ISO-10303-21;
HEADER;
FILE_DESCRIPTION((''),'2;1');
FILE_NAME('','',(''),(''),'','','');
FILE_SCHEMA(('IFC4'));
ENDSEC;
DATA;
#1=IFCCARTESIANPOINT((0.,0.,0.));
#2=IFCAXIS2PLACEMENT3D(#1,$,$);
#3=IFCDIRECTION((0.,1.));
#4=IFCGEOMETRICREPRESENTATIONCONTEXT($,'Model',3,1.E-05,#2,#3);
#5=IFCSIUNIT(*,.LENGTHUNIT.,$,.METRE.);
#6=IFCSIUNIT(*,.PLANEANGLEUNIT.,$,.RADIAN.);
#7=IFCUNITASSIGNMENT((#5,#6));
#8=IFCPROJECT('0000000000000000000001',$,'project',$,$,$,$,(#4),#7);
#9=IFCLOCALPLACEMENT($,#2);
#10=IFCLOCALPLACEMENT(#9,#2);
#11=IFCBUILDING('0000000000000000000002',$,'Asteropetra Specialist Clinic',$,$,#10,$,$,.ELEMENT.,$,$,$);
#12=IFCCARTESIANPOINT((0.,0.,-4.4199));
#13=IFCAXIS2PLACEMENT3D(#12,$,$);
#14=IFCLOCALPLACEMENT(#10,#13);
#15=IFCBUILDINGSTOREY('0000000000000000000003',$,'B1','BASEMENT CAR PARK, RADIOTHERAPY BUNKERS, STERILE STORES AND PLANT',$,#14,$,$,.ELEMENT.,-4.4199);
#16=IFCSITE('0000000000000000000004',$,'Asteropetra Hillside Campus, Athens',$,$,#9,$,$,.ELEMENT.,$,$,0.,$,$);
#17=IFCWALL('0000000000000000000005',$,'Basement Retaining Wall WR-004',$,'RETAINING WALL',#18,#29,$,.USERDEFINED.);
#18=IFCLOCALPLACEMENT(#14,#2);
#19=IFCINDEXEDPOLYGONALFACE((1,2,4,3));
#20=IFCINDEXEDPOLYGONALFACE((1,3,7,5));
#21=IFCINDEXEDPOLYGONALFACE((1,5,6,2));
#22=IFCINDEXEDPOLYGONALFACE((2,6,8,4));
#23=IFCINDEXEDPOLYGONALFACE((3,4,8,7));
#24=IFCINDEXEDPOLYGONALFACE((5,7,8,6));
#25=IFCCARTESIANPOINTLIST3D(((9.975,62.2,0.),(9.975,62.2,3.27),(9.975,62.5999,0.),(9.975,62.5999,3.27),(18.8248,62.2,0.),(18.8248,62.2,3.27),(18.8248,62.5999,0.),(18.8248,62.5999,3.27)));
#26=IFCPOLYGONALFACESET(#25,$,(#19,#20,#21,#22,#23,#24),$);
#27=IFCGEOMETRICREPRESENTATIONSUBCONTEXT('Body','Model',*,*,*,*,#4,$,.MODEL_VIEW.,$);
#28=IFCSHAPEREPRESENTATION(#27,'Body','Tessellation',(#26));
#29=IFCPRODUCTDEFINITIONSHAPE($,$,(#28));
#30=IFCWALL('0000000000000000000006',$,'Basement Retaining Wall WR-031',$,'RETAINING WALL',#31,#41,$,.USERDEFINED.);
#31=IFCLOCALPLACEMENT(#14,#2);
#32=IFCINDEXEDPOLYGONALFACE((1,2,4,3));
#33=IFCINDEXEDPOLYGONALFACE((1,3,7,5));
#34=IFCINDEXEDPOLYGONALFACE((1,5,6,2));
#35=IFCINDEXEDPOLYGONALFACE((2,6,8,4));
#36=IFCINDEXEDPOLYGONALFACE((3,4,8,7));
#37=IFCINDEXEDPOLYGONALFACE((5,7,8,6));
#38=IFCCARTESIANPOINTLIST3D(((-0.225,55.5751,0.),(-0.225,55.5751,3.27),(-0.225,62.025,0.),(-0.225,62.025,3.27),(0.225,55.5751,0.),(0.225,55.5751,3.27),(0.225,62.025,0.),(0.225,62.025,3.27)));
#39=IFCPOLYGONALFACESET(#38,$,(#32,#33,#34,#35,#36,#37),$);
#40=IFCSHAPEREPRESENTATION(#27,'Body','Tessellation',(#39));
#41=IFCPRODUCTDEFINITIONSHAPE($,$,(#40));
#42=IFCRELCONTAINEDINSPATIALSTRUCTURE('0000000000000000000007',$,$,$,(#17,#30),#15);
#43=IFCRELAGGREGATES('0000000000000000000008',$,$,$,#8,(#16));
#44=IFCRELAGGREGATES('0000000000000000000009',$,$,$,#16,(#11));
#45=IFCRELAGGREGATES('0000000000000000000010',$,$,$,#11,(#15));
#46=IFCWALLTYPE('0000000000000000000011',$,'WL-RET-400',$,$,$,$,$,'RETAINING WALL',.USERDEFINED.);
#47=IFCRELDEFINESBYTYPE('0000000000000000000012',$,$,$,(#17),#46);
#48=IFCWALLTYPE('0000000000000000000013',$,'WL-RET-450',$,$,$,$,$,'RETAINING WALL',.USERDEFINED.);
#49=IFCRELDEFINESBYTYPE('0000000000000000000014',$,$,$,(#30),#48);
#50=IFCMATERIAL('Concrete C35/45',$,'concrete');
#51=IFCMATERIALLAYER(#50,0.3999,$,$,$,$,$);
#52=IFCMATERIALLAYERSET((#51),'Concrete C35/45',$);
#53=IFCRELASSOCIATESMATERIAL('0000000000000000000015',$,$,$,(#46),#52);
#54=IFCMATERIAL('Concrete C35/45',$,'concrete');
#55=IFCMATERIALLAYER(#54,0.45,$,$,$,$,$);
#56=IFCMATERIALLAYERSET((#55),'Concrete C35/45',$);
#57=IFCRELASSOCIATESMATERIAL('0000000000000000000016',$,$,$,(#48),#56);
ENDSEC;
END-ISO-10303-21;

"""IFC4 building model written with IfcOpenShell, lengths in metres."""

from ifc_helpers import new_model, si_unit, direction, frame, frame_2d, origin, place, context, subcontext, project, spatial, rectangle, extrude, material, layer, layer_set, type_object, element, save


model = new_model("IFC4")

# Units and contexts
model_context = context("Model", 3, precision=1e-05, world=origin(), true_north=direction((0.0, 1.0)))
body_context = subcontext(model_context, "Body", "Model", "MODEL_VIEW")
ifc_project = project(units=[si_unit("LENGTHUNIT", "METRE"), si_unit("PLANEANGLEUNIT", "RADIAN")], contexts=[model_context])

# Site, building, storey
site_placement = place(None, origin())
site = spatial("IfcSite", under=ifc_project, at=site_placement, Name="Asteropetra Hillside Campus, Athens", CompositionType="ELEMENT", RefElevation=0.0)
building_placement = place(site_placement, origin())
building = spatial("IfcBuilding", under=site, at=building_placement, Name="Asteropetra Specialist Clinic", CompositionType="ELEMENT")
storey_placement = place(building_placement, frame((0.0, 0.0, -4.4199)))
storey = spatial("IfcBuildingStorey", under=building, at=storey_placement, Name="B1", Description="BASEMENT CAR PARK, RADIOTHERAPY BUNKERS, STERILE STORES AND PLANT", CompositionType="ELEMENT", Elevation=-4.4199)

# Walls
ifc_material_1 = material(Name="Concrete C35/45", Category="concrete")
ifc_layer_1 = layer(ifc_material_1, 0.3999)
ifc_layer_set_1 = layer_set([ifc_layer_1], Name="Concrete C35/45")
wall_type_1 = type_object("IfcWallType", Name="WL-RET-400", ElementType="RETAINING WALL", PredefinedType="USERDEFINED", material=ifc_layer_set_1)
wall_1_placement = place(storey_placement, frame((9.9751, 62.3999, 0.0), z_axis=(0.0, 0.0, 1.0), x_axis=(1.0, 0.0, 0.0)))
element("IfcWall", 1, at=wall_1_placement, inside=storey, type_object=wall_type_1, Name="Basement Retaining Wall WR-004", ObjectType="RETAINING WALL", PredefinedType="USERDEFINED", context=body_context, shape_type="SweptSolid", body=[
    extrude(rectangle(XDim=8.8499, YDim=0.3999, at=frame_2d((4.4248, 0.0))), origin(), (0.0, 0.0, 1.0), 3.27),
])
ifc_material_2 = material(Name="Concrete C35/45", Category="concrete")
ifc_layer_2 = layer(ifc_material_2, 0.45)
ifc_layer_set_2 = layer_set([ifc_layer_2], Name="Concrete C35/45")
wall_type_2 = type_object("IfcWallType", Name="WL-RET-450", ElementType="RETAINING WALL", PredefinedType="USERDEFINED", material=ifc_layer_set_2)
wall_2_placement = place(storey_placement, frame((0.0, 55.575, 0.0), z_axis=(0.0, 0.0, 1.0), x_axis=(0.0, 1.0, 0.0)))
element("IfcWall", 2, at=wall_2_placement, inside=storey, type_object=wall_type_2, Name="Basement Retaining Wall WR-031", ObjectType="RETAINING WALL", PredefinedType="USERDEFINED", context=body_context, shape_type="SweptSolid", body=[
    extrude(rectangle(XDim=6.45, YDim=0.45, at=frame_2d((3.2251, 0.0))), origin(), (0.0, 0.0, 1.0), 3.27),
])

save(model, "model.ifc")
